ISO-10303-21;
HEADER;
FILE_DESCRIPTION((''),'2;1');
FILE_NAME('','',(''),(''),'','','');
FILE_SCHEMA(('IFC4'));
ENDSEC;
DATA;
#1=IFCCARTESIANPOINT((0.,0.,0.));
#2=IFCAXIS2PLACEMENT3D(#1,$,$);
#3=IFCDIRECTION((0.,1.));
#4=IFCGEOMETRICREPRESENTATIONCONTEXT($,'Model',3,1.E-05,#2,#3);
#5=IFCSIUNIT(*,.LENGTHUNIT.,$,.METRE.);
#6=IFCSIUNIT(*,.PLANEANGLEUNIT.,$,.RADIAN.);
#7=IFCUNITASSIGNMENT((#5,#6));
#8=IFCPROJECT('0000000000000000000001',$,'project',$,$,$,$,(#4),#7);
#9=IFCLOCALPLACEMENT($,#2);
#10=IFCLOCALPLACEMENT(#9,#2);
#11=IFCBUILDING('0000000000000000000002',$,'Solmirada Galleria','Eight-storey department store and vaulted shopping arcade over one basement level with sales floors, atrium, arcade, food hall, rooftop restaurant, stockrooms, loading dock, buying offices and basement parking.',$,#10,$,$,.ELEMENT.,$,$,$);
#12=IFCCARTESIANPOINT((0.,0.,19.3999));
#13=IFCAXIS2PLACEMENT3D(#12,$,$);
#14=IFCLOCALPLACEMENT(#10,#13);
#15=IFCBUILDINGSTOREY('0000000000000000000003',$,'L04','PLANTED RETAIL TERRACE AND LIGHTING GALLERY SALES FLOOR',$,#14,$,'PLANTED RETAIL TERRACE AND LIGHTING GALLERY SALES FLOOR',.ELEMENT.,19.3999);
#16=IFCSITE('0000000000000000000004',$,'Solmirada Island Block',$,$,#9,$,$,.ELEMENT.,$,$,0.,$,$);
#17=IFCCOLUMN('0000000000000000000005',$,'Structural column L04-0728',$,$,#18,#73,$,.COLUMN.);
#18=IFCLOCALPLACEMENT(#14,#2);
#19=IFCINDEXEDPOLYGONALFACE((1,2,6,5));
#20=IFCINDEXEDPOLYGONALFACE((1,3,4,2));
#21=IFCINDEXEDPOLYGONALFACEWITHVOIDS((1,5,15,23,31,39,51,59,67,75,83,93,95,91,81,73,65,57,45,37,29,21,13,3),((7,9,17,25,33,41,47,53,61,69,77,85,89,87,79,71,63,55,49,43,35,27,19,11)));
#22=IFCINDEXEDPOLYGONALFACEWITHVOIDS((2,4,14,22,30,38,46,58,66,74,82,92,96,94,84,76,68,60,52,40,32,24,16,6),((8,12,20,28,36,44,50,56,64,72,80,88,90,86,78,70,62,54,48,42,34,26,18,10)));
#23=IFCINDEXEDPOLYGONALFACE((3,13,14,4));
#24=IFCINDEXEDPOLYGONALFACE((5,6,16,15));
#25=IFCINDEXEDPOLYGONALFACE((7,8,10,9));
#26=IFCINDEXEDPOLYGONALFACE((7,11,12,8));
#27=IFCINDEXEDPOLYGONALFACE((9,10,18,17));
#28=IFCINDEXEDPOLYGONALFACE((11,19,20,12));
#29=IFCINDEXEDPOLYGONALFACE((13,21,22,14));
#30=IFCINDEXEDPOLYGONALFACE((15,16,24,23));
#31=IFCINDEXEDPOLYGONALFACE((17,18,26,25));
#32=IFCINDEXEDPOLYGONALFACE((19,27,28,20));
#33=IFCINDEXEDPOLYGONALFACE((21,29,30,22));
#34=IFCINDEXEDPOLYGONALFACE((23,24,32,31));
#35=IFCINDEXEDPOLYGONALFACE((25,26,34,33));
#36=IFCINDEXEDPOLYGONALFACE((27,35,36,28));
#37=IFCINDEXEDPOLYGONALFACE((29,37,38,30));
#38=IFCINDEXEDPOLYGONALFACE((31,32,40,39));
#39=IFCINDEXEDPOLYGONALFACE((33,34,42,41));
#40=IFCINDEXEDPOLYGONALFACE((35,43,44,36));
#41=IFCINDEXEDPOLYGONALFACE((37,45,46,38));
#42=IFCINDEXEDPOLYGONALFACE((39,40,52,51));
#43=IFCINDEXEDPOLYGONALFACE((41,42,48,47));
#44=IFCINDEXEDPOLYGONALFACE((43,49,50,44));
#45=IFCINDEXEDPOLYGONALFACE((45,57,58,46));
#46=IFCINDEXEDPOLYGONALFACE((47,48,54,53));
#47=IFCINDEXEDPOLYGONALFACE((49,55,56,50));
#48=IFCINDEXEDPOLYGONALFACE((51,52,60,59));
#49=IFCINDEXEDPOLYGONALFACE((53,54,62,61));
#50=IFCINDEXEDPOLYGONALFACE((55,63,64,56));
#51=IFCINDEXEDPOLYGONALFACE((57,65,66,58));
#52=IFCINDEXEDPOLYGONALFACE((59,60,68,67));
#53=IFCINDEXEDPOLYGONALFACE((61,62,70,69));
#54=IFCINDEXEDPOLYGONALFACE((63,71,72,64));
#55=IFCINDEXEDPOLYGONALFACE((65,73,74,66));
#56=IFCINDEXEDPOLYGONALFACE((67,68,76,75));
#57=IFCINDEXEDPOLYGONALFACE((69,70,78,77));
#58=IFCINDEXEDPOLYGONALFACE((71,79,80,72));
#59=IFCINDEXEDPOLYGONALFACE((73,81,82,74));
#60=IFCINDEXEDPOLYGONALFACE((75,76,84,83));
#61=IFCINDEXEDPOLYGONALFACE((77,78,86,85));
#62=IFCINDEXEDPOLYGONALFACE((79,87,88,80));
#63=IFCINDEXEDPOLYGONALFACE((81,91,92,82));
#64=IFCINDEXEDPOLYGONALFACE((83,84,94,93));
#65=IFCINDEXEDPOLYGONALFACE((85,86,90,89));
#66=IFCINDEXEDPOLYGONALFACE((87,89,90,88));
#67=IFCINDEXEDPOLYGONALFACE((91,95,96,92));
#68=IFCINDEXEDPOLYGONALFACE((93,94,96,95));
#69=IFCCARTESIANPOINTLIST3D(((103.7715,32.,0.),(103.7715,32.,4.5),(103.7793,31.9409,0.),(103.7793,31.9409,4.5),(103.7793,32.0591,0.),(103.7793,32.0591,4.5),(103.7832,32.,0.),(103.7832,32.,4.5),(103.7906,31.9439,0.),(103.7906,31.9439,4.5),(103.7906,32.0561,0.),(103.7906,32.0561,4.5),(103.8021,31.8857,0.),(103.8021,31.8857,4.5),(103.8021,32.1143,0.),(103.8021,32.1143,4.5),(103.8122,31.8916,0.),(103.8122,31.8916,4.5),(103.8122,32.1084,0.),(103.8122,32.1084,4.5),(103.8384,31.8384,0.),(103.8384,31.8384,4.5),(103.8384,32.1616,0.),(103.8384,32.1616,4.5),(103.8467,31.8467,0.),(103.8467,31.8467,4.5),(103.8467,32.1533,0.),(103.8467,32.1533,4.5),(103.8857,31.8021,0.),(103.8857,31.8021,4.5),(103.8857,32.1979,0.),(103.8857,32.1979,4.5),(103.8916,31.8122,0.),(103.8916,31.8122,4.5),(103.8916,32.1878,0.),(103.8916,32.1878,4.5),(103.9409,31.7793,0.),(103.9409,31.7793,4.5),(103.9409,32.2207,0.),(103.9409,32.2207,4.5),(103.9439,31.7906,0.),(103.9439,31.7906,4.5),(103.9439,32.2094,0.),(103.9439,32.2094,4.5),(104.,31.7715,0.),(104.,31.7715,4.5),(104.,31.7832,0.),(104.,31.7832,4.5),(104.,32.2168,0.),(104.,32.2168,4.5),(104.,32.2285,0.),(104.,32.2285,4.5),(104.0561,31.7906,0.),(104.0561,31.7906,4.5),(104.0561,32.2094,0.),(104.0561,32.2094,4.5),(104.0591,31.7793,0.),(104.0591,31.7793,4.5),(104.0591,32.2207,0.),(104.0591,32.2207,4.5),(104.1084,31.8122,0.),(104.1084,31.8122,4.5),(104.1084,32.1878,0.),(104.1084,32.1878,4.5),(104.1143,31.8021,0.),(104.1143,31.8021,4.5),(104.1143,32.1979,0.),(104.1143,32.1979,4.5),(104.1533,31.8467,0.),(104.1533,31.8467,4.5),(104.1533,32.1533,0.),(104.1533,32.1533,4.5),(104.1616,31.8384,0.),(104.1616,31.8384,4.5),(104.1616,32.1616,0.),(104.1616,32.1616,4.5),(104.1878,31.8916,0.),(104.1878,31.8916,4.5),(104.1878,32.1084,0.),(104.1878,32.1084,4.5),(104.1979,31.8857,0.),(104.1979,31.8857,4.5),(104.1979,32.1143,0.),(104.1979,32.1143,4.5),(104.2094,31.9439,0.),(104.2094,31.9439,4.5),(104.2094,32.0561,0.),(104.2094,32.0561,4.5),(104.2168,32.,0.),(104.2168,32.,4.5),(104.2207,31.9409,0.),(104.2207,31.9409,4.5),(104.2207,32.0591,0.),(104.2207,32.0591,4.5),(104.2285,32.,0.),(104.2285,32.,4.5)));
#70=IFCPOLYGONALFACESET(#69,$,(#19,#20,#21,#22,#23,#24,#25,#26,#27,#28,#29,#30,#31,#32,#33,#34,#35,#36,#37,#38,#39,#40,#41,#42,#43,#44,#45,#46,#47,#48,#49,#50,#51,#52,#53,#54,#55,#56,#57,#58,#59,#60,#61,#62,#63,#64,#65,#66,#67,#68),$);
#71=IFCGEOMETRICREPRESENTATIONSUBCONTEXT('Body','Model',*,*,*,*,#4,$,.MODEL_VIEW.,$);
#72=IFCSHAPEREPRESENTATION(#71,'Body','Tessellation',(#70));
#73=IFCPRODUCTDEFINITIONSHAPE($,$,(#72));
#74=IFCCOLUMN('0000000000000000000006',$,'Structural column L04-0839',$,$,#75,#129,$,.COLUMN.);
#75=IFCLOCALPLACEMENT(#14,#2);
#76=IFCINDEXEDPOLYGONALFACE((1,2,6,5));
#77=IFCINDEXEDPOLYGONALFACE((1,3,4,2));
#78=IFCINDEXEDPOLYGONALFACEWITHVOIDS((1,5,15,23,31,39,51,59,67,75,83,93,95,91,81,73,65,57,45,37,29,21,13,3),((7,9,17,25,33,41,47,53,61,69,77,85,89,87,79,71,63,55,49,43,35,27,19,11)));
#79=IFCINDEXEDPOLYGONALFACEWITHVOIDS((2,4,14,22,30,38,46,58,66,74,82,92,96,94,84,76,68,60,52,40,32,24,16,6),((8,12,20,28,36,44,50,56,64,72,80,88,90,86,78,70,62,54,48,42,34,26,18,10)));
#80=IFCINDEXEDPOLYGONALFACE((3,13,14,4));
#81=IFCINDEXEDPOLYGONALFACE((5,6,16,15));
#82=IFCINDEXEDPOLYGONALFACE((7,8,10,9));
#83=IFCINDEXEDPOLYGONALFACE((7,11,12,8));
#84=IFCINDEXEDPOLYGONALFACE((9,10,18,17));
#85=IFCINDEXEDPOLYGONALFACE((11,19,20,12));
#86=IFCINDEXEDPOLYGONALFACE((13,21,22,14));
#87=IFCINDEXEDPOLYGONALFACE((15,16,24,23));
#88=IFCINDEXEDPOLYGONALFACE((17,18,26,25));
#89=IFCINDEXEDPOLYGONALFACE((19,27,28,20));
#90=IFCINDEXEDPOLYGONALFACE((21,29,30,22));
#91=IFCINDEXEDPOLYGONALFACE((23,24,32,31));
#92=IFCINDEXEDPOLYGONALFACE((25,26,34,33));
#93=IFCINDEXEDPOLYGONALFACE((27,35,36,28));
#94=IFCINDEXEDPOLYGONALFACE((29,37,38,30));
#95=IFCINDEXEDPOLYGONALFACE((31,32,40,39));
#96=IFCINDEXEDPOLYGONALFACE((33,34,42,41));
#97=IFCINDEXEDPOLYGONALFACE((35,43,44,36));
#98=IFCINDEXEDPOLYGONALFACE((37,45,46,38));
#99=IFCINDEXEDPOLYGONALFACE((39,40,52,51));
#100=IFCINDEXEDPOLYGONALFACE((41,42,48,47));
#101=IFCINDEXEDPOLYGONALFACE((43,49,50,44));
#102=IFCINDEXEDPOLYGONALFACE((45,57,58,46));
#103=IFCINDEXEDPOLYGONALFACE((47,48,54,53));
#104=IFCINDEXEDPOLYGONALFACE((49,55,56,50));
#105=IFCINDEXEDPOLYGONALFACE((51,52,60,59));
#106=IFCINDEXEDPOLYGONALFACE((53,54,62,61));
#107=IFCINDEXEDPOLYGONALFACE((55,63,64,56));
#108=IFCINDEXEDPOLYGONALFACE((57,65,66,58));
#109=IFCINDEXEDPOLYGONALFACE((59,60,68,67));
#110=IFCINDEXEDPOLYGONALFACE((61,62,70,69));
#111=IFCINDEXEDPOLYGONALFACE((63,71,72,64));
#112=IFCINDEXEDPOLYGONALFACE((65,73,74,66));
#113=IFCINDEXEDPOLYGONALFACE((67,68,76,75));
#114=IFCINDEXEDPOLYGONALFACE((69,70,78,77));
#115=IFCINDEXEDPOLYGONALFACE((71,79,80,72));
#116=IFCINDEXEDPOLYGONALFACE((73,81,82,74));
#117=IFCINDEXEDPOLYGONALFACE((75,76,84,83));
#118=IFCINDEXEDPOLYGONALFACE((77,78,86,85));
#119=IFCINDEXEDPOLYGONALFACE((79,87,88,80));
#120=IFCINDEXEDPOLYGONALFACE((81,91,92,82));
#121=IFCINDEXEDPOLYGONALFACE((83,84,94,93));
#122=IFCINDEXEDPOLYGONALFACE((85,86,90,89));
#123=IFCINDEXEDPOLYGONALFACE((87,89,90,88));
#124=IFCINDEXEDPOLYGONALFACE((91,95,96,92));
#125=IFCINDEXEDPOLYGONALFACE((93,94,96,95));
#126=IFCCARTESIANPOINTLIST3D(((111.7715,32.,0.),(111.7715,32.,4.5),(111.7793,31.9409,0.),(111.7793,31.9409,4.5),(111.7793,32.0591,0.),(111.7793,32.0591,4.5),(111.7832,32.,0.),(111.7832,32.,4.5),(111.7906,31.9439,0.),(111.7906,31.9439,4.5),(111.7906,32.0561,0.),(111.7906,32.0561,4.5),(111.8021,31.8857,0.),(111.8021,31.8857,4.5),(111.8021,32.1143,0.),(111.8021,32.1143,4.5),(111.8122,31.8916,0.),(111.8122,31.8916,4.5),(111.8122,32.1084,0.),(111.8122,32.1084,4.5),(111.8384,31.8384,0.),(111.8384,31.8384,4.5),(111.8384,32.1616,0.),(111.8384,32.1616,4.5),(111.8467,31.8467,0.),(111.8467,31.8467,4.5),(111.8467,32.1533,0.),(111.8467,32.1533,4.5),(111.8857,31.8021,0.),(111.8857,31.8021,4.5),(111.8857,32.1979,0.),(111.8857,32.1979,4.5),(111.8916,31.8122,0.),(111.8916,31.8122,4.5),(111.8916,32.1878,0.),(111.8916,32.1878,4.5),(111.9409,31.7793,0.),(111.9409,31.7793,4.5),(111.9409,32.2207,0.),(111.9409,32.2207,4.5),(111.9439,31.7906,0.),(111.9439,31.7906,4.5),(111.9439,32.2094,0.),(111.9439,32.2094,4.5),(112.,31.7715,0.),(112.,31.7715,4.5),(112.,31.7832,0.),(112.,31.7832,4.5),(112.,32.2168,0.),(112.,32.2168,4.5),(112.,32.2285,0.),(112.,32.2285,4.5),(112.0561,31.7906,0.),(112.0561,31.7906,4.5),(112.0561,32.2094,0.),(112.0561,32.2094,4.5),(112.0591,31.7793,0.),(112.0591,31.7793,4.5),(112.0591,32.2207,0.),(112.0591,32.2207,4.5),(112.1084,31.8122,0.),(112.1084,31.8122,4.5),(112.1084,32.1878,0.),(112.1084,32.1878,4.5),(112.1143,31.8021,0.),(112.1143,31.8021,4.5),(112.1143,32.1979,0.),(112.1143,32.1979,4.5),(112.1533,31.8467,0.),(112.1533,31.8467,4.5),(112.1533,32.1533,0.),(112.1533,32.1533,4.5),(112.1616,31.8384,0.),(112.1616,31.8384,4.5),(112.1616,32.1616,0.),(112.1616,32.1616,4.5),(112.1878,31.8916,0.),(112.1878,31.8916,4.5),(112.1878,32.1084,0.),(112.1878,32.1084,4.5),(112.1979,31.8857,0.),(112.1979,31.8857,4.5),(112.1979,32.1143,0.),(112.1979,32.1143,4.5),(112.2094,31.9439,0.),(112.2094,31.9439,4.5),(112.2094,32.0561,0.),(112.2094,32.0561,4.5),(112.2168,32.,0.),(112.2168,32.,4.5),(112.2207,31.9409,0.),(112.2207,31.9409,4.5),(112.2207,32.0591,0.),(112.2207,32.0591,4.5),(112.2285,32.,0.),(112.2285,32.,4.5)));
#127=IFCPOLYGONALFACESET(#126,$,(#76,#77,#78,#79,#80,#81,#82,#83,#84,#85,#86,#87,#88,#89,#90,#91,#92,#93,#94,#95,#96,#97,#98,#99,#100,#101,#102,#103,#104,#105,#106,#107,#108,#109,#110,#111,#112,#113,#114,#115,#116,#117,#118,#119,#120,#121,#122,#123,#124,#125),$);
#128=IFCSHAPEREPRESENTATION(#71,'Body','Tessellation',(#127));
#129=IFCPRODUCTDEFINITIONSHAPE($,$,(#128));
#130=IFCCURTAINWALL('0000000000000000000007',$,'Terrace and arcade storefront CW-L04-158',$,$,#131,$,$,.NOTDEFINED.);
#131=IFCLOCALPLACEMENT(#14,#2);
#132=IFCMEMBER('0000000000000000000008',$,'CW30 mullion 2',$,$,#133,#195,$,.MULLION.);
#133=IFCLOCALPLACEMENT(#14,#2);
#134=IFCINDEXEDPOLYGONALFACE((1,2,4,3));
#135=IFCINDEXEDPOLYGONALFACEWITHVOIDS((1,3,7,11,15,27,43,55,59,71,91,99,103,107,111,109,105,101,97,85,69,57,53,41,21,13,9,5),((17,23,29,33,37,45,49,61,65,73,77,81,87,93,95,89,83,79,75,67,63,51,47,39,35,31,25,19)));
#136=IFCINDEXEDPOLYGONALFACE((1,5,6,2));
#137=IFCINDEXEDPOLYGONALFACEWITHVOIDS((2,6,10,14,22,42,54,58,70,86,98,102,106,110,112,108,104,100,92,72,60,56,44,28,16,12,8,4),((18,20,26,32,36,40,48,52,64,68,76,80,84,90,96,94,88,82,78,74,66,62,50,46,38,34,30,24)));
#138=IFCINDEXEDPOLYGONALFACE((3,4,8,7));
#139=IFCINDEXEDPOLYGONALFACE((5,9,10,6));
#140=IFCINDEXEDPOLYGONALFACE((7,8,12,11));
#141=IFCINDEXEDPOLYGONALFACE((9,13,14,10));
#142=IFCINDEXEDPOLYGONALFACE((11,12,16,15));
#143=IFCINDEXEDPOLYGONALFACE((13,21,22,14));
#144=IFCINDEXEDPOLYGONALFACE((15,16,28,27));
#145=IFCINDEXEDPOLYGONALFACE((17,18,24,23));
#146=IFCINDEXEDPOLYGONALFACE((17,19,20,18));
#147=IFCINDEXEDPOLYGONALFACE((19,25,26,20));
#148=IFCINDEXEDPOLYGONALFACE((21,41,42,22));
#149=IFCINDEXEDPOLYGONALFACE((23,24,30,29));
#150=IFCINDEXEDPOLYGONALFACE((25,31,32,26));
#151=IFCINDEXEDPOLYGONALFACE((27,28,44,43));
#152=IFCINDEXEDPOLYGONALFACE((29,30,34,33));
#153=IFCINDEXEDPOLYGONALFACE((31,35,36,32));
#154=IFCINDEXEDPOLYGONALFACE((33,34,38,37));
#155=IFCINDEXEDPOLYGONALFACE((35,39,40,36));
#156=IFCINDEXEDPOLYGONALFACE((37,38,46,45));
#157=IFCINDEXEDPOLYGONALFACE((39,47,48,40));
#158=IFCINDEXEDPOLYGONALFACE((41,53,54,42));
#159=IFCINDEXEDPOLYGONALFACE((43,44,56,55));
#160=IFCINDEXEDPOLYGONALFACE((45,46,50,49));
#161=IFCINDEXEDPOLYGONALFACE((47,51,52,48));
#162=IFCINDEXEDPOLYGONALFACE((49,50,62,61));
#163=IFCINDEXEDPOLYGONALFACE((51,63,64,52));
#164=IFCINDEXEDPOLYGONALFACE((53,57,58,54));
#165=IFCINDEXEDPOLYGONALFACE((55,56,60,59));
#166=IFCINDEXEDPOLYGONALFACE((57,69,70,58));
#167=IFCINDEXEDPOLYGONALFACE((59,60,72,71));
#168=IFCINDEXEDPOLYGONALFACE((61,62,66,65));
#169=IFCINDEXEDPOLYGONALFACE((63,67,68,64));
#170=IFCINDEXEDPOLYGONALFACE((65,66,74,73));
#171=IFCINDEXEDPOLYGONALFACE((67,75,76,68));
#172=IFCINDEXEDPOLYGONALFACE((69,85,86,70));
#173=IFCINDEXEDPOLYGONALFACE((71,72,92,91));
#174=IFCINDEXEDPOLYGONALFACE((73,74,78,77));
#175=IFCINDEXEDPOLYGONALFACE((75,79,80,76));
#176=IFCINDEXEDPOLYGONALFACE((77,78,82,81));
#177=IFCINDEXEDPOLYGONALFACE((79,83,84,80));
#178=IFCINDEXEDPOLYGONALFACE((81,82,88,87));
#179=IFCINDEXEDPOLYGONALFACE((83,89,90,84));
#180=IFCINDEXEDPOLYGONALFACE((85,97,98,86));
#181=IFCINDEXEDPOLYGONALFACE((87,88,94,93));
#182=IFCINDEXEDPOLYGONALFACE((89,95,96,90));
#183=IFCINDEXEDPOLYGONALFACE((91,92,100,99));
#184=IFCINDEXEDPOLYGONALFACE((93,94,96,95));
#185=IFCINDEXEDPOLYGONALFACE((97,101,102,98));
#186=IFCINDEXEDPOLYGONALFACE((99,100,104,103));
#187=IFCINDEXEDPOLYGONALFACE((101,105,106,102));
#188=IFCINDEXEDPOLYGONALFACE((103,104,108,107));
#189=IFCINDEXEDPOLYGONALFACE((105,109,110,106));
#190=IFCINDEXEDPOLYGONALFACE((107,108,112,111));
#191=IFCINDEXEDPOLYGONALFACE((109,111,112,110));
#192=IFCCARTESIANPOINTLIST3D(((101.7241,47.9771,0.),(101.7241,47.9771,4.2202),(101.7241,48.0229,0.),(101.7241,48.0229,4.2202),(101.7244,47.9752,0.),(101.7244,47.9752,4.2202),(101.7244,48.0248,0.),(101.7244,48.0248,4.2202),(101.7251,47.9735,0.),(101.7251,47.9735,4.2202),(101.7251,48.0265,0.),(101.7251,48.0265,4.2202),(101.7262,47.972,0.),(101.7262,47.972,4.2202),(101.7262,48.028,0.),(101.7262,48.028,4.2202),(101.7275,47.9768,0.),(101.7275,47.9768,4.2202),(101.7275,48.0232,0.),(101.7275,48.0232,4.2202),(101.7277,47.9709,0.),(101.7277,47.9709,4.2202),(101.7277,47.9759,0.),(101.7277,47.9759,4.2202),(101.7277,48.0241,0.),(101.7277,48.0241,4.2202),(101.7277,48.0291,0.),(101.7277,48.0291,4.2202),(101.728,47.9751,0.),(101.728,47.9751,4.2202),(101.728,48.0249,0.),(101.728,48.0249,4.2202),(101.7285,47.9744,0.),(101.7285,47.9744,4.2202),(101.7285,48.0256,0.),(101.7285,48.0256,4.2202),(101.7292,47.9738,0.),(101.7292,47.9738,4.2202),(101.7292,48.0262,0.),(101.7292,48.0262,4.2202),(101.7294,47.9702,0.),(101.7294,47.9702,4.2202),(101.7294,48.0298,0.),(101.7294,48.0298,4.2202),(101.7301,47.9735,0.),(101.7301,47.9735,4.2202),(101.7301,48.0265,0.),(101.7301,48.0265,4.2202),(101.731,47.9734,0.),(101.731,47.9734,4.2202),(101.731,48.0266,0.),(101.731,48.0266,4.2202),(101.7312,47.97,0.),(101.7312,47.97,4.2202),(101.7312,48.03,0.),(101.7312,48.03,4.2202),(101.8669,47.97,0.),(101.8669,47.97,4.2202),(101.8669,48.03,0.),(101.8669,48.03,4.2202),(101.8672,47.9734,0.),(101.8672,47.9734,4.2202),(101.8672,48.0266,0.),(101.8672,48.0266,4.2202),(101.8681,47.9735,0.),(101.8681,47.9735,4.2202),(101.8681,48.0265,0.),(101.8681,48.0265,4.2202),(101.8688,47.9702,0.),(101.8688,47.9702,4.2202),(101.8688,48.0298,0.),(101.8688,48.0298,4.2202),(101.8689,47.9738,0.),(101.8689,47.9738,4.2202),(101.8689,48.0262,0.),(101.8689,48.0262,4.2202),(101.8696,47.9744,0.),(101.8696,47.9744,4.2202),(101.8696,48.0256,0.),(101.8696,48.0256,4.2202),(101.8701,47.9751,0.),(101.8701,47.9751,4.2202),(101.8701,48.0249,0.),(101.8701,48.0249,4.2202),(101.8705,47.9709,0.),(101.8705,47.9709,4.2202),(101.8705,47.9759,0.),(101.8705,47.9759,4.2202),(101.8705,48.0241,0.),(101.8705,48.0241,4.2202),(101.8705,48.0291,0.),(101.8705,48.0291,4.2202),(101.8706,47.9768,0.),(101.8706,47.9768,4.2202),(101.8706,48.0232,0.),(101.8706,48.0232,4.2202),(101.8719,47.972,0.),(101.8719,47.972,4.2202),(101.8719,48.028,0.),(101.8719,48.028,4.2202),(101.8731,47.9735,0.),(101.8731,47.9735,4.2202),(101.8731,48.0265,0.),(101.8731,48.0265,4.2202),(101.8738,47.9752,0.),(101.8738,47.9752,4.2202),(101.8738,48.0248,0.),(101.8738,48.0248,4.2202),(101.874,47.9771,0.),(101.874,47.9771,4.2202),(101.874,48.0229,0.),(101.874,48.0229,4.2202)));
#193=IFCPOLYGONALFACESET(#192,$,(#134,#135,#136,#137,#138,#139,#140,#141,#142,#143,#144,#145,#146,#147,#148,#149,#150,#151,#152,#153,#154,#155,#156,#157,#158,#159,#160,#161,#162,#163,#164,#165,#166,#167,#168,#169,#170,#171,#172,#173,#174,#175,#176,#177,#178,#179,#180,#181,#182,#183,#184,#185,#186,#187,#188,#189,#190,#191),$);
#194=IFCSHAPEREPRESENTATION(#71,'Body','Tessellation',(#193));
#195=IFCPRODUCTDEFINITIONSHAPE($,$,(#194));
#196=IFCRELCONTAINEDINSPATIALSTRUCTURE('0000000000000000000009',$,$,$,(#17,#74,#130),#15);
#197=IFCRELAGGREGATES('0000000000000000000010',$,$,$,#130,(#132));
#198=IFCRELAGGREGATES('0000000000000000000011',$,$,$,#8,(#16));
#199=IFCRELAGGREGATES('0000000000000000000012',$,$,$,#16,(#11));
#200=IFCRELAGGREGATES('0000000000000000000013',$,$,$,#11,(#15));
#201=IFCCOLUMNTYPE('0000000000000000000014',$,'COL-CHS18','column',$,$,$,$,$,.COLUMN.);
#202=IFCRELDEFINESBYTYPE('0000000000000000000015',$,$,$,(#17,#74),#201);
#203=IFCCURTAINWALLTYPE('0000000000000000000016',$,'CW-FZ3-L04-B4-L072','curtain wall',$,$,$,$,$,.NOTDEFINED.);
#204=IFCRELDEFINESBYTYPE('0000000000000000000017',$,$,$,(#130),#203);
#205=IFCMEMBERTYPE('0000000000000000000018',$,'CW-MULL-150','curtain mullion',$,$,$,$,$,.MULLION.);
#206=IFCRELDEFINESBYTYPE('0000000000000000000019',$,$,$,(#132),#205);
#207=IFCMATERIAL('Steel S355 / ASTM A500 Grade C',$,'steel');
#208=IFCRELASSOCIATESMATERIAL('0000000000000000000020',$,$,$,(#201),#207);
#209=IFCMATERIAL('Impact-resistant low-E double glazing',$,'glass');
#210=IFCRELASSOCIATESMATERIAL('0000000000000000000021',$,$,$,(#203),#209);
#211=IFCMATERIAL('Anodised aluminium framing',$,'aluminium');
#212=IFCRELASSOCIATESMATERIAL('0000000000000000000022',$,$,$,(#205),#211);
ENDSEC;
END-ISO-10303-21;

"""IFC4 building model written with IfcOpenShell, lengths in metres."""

from ifc_helpers import new_model, si_unit, direction, frame, origin, origin_2d, place, context, subcontext, project, spatial, hollow_rectangle, hollow_circle, extrude, material, material_profile, profile_set, type_object, element, aggregate, save


model = new_model("IFC4")

# Units and contexts
model_context = context("Model", 3, precision=1e-05, world=origin(), true_north=direction((0.0, 1.0)))
body_context = subcontext(model_context, "Body", "Model", "MODEL_VIEW")
ifc_project = project(units=[si_unit("LENGTHUNIT", "METRE"), si_unit("PLANEANGLEUNIT", "RADIAN")], contexts=[model_context])

# Site, building, storey
site_placement = place(None, origin())
site = spatial("IfcSite", under=ifc_project, at=site_placement, Name="Solmirada Island Block", CompositionType="ELEMENT", RefElevation=0.0)
building_placement = place(site_placement, origin())
building = spatial("IfcBuilding", under=site, at=building_placement, Name="Solmirada Galleria", Description="Eight-storey department store and vaulted shopping arcade over one basement level with sales floors, atrium, arcade, food hall, rooftop restaurant, stockrooms, loading dock, buying offices and basement parking.", CompositionType="ELEMENT")
storey_placement = place(building_placement, frame((0.0, 0.0, 19.3999)))
storey = spatial("IfcBuildingStorey", under=building, at=storey_placement, Name="L04", Description="PLANTED RETAIL TERRACE AND LIGHTING GALLERY SALES FLOOR", LongName="PLANTED RETAIL TERRACE AND LIGHTING GALLERY SALES FLOOR", CompositionType="ELEMENT", Elevation=19.3999)

# Columns
ifc_material_1 = material(Name="Steel S355 / ASTM A500 Grade C", Category="steel")
ifc_material_profile_1 = material_profile(ifc_material_1, hollow_circle(Radius=0.2285, WallThickness=0.0117, at=origin_2d()), Name="HSS18.000X0.500")
ifc_profile_set_1 = profile_set([ifc_material_profile_1], Name="Steel S355 / ASTM A500 Grade C")
column_type = type_object("IfcColumnType", Name="COL-CHS18", Description="column", PredefinedType="COLUMN", material=ifc_profile_set_1)
for number, where, z_axis, x_axis, name in (
    (1, (104.0, 32.0, 0.0), (0.0, 0.0, 1.0), (1.0, 0.0, 0.0), "Structural column L04-0728"),
    (2, (112.0, 32.0, 0.0), (0.0, 0.0, 1.0), (1.0, 0.0, 0.0), "Structural column L04-0839"),
):
    element("IfcColumn", number, at=place(storey_placement, frame(where, z_axis=z_axis, x_axis=x_axis)), inside=storey, type_object=column_type, Name=name, PredefinedType="COLUMN", context=body_context, shape_type="SweptSolid", body=[
        extrude(hollow_circle(Radius=0.2285, WallThickness=0.0117, at=origin_2d()), origin(), (0.0, 0.0, 1.0), 4.5),
    ])

# Curtain wall, member
ifc_material_2 = material(Name="Impact-resistant low-E double glazing", Category="glass")
curtain_wall_type = type_object("IfcCurtainWallType", Name="CW-FZ3-L04-B4-L072", Description="curtain wall", PredefinedType="NOTDEFINED", material=ifc_material_2)
curtain_wall_placement = place(storey_placement, origin())
curtain_wall = element("IfcCurtainWall", 3, at=curtain_wall_placement, inside=storey, type_object=curtain_wall_type, Name="Terrace and arcade storefront CW-L04-158", PredefinedType="NOTDEFINED")
ifc_material_3 = material(Name="Anodised aluminium framing", Category="aluminium")
ifc_material_profile_2 = material_profile(ifc_material_3, hollow_rectangle(XDim=0.0601, YDim=0.1499, WallThickness=0.0034, InnerFilletRadius=0.0034, OuterFilletRadius=0.0071, at=origin_2d()), Name="ALU-MULL-150X60")
ifc_profile_set_2 = profile_set([ifc_material_profile_2], Name="Anodised aluminium framing")
member_type_1 = type_object("IfcMemberType", Name="CW-MULL-150", Description="curtain mullion", PredefinedType="MULLION", material=ifc_profile_set_2)
member_1_placement = place(storey_placement, frame((101.7991, 48.0, 0.0), z_axis=(0.0, 0.0, 1.0), x_axis=(0.0, -1.0, 0.0)))
member_1 = element("IfcMember", 4, at=member_1_placement, type_object=member_type_1, Name="CW30 mullion 2", PredefinedType="MULLION", context=body_context, shape_type="SweptSolid", body=[
    extrude(hollow_rectangle(XDim=0.0601, YDim=0.1499, WallThickness=0.0034, InnerFilletRadius=0.0034, OuterFilletRadius=0.0071, at=origin_2d()), origin(), (0.0, 0.0, 1.0), 4.2202),
])
aggregate(curtain_wall, [member_1])

save(model, "model.ifc")
